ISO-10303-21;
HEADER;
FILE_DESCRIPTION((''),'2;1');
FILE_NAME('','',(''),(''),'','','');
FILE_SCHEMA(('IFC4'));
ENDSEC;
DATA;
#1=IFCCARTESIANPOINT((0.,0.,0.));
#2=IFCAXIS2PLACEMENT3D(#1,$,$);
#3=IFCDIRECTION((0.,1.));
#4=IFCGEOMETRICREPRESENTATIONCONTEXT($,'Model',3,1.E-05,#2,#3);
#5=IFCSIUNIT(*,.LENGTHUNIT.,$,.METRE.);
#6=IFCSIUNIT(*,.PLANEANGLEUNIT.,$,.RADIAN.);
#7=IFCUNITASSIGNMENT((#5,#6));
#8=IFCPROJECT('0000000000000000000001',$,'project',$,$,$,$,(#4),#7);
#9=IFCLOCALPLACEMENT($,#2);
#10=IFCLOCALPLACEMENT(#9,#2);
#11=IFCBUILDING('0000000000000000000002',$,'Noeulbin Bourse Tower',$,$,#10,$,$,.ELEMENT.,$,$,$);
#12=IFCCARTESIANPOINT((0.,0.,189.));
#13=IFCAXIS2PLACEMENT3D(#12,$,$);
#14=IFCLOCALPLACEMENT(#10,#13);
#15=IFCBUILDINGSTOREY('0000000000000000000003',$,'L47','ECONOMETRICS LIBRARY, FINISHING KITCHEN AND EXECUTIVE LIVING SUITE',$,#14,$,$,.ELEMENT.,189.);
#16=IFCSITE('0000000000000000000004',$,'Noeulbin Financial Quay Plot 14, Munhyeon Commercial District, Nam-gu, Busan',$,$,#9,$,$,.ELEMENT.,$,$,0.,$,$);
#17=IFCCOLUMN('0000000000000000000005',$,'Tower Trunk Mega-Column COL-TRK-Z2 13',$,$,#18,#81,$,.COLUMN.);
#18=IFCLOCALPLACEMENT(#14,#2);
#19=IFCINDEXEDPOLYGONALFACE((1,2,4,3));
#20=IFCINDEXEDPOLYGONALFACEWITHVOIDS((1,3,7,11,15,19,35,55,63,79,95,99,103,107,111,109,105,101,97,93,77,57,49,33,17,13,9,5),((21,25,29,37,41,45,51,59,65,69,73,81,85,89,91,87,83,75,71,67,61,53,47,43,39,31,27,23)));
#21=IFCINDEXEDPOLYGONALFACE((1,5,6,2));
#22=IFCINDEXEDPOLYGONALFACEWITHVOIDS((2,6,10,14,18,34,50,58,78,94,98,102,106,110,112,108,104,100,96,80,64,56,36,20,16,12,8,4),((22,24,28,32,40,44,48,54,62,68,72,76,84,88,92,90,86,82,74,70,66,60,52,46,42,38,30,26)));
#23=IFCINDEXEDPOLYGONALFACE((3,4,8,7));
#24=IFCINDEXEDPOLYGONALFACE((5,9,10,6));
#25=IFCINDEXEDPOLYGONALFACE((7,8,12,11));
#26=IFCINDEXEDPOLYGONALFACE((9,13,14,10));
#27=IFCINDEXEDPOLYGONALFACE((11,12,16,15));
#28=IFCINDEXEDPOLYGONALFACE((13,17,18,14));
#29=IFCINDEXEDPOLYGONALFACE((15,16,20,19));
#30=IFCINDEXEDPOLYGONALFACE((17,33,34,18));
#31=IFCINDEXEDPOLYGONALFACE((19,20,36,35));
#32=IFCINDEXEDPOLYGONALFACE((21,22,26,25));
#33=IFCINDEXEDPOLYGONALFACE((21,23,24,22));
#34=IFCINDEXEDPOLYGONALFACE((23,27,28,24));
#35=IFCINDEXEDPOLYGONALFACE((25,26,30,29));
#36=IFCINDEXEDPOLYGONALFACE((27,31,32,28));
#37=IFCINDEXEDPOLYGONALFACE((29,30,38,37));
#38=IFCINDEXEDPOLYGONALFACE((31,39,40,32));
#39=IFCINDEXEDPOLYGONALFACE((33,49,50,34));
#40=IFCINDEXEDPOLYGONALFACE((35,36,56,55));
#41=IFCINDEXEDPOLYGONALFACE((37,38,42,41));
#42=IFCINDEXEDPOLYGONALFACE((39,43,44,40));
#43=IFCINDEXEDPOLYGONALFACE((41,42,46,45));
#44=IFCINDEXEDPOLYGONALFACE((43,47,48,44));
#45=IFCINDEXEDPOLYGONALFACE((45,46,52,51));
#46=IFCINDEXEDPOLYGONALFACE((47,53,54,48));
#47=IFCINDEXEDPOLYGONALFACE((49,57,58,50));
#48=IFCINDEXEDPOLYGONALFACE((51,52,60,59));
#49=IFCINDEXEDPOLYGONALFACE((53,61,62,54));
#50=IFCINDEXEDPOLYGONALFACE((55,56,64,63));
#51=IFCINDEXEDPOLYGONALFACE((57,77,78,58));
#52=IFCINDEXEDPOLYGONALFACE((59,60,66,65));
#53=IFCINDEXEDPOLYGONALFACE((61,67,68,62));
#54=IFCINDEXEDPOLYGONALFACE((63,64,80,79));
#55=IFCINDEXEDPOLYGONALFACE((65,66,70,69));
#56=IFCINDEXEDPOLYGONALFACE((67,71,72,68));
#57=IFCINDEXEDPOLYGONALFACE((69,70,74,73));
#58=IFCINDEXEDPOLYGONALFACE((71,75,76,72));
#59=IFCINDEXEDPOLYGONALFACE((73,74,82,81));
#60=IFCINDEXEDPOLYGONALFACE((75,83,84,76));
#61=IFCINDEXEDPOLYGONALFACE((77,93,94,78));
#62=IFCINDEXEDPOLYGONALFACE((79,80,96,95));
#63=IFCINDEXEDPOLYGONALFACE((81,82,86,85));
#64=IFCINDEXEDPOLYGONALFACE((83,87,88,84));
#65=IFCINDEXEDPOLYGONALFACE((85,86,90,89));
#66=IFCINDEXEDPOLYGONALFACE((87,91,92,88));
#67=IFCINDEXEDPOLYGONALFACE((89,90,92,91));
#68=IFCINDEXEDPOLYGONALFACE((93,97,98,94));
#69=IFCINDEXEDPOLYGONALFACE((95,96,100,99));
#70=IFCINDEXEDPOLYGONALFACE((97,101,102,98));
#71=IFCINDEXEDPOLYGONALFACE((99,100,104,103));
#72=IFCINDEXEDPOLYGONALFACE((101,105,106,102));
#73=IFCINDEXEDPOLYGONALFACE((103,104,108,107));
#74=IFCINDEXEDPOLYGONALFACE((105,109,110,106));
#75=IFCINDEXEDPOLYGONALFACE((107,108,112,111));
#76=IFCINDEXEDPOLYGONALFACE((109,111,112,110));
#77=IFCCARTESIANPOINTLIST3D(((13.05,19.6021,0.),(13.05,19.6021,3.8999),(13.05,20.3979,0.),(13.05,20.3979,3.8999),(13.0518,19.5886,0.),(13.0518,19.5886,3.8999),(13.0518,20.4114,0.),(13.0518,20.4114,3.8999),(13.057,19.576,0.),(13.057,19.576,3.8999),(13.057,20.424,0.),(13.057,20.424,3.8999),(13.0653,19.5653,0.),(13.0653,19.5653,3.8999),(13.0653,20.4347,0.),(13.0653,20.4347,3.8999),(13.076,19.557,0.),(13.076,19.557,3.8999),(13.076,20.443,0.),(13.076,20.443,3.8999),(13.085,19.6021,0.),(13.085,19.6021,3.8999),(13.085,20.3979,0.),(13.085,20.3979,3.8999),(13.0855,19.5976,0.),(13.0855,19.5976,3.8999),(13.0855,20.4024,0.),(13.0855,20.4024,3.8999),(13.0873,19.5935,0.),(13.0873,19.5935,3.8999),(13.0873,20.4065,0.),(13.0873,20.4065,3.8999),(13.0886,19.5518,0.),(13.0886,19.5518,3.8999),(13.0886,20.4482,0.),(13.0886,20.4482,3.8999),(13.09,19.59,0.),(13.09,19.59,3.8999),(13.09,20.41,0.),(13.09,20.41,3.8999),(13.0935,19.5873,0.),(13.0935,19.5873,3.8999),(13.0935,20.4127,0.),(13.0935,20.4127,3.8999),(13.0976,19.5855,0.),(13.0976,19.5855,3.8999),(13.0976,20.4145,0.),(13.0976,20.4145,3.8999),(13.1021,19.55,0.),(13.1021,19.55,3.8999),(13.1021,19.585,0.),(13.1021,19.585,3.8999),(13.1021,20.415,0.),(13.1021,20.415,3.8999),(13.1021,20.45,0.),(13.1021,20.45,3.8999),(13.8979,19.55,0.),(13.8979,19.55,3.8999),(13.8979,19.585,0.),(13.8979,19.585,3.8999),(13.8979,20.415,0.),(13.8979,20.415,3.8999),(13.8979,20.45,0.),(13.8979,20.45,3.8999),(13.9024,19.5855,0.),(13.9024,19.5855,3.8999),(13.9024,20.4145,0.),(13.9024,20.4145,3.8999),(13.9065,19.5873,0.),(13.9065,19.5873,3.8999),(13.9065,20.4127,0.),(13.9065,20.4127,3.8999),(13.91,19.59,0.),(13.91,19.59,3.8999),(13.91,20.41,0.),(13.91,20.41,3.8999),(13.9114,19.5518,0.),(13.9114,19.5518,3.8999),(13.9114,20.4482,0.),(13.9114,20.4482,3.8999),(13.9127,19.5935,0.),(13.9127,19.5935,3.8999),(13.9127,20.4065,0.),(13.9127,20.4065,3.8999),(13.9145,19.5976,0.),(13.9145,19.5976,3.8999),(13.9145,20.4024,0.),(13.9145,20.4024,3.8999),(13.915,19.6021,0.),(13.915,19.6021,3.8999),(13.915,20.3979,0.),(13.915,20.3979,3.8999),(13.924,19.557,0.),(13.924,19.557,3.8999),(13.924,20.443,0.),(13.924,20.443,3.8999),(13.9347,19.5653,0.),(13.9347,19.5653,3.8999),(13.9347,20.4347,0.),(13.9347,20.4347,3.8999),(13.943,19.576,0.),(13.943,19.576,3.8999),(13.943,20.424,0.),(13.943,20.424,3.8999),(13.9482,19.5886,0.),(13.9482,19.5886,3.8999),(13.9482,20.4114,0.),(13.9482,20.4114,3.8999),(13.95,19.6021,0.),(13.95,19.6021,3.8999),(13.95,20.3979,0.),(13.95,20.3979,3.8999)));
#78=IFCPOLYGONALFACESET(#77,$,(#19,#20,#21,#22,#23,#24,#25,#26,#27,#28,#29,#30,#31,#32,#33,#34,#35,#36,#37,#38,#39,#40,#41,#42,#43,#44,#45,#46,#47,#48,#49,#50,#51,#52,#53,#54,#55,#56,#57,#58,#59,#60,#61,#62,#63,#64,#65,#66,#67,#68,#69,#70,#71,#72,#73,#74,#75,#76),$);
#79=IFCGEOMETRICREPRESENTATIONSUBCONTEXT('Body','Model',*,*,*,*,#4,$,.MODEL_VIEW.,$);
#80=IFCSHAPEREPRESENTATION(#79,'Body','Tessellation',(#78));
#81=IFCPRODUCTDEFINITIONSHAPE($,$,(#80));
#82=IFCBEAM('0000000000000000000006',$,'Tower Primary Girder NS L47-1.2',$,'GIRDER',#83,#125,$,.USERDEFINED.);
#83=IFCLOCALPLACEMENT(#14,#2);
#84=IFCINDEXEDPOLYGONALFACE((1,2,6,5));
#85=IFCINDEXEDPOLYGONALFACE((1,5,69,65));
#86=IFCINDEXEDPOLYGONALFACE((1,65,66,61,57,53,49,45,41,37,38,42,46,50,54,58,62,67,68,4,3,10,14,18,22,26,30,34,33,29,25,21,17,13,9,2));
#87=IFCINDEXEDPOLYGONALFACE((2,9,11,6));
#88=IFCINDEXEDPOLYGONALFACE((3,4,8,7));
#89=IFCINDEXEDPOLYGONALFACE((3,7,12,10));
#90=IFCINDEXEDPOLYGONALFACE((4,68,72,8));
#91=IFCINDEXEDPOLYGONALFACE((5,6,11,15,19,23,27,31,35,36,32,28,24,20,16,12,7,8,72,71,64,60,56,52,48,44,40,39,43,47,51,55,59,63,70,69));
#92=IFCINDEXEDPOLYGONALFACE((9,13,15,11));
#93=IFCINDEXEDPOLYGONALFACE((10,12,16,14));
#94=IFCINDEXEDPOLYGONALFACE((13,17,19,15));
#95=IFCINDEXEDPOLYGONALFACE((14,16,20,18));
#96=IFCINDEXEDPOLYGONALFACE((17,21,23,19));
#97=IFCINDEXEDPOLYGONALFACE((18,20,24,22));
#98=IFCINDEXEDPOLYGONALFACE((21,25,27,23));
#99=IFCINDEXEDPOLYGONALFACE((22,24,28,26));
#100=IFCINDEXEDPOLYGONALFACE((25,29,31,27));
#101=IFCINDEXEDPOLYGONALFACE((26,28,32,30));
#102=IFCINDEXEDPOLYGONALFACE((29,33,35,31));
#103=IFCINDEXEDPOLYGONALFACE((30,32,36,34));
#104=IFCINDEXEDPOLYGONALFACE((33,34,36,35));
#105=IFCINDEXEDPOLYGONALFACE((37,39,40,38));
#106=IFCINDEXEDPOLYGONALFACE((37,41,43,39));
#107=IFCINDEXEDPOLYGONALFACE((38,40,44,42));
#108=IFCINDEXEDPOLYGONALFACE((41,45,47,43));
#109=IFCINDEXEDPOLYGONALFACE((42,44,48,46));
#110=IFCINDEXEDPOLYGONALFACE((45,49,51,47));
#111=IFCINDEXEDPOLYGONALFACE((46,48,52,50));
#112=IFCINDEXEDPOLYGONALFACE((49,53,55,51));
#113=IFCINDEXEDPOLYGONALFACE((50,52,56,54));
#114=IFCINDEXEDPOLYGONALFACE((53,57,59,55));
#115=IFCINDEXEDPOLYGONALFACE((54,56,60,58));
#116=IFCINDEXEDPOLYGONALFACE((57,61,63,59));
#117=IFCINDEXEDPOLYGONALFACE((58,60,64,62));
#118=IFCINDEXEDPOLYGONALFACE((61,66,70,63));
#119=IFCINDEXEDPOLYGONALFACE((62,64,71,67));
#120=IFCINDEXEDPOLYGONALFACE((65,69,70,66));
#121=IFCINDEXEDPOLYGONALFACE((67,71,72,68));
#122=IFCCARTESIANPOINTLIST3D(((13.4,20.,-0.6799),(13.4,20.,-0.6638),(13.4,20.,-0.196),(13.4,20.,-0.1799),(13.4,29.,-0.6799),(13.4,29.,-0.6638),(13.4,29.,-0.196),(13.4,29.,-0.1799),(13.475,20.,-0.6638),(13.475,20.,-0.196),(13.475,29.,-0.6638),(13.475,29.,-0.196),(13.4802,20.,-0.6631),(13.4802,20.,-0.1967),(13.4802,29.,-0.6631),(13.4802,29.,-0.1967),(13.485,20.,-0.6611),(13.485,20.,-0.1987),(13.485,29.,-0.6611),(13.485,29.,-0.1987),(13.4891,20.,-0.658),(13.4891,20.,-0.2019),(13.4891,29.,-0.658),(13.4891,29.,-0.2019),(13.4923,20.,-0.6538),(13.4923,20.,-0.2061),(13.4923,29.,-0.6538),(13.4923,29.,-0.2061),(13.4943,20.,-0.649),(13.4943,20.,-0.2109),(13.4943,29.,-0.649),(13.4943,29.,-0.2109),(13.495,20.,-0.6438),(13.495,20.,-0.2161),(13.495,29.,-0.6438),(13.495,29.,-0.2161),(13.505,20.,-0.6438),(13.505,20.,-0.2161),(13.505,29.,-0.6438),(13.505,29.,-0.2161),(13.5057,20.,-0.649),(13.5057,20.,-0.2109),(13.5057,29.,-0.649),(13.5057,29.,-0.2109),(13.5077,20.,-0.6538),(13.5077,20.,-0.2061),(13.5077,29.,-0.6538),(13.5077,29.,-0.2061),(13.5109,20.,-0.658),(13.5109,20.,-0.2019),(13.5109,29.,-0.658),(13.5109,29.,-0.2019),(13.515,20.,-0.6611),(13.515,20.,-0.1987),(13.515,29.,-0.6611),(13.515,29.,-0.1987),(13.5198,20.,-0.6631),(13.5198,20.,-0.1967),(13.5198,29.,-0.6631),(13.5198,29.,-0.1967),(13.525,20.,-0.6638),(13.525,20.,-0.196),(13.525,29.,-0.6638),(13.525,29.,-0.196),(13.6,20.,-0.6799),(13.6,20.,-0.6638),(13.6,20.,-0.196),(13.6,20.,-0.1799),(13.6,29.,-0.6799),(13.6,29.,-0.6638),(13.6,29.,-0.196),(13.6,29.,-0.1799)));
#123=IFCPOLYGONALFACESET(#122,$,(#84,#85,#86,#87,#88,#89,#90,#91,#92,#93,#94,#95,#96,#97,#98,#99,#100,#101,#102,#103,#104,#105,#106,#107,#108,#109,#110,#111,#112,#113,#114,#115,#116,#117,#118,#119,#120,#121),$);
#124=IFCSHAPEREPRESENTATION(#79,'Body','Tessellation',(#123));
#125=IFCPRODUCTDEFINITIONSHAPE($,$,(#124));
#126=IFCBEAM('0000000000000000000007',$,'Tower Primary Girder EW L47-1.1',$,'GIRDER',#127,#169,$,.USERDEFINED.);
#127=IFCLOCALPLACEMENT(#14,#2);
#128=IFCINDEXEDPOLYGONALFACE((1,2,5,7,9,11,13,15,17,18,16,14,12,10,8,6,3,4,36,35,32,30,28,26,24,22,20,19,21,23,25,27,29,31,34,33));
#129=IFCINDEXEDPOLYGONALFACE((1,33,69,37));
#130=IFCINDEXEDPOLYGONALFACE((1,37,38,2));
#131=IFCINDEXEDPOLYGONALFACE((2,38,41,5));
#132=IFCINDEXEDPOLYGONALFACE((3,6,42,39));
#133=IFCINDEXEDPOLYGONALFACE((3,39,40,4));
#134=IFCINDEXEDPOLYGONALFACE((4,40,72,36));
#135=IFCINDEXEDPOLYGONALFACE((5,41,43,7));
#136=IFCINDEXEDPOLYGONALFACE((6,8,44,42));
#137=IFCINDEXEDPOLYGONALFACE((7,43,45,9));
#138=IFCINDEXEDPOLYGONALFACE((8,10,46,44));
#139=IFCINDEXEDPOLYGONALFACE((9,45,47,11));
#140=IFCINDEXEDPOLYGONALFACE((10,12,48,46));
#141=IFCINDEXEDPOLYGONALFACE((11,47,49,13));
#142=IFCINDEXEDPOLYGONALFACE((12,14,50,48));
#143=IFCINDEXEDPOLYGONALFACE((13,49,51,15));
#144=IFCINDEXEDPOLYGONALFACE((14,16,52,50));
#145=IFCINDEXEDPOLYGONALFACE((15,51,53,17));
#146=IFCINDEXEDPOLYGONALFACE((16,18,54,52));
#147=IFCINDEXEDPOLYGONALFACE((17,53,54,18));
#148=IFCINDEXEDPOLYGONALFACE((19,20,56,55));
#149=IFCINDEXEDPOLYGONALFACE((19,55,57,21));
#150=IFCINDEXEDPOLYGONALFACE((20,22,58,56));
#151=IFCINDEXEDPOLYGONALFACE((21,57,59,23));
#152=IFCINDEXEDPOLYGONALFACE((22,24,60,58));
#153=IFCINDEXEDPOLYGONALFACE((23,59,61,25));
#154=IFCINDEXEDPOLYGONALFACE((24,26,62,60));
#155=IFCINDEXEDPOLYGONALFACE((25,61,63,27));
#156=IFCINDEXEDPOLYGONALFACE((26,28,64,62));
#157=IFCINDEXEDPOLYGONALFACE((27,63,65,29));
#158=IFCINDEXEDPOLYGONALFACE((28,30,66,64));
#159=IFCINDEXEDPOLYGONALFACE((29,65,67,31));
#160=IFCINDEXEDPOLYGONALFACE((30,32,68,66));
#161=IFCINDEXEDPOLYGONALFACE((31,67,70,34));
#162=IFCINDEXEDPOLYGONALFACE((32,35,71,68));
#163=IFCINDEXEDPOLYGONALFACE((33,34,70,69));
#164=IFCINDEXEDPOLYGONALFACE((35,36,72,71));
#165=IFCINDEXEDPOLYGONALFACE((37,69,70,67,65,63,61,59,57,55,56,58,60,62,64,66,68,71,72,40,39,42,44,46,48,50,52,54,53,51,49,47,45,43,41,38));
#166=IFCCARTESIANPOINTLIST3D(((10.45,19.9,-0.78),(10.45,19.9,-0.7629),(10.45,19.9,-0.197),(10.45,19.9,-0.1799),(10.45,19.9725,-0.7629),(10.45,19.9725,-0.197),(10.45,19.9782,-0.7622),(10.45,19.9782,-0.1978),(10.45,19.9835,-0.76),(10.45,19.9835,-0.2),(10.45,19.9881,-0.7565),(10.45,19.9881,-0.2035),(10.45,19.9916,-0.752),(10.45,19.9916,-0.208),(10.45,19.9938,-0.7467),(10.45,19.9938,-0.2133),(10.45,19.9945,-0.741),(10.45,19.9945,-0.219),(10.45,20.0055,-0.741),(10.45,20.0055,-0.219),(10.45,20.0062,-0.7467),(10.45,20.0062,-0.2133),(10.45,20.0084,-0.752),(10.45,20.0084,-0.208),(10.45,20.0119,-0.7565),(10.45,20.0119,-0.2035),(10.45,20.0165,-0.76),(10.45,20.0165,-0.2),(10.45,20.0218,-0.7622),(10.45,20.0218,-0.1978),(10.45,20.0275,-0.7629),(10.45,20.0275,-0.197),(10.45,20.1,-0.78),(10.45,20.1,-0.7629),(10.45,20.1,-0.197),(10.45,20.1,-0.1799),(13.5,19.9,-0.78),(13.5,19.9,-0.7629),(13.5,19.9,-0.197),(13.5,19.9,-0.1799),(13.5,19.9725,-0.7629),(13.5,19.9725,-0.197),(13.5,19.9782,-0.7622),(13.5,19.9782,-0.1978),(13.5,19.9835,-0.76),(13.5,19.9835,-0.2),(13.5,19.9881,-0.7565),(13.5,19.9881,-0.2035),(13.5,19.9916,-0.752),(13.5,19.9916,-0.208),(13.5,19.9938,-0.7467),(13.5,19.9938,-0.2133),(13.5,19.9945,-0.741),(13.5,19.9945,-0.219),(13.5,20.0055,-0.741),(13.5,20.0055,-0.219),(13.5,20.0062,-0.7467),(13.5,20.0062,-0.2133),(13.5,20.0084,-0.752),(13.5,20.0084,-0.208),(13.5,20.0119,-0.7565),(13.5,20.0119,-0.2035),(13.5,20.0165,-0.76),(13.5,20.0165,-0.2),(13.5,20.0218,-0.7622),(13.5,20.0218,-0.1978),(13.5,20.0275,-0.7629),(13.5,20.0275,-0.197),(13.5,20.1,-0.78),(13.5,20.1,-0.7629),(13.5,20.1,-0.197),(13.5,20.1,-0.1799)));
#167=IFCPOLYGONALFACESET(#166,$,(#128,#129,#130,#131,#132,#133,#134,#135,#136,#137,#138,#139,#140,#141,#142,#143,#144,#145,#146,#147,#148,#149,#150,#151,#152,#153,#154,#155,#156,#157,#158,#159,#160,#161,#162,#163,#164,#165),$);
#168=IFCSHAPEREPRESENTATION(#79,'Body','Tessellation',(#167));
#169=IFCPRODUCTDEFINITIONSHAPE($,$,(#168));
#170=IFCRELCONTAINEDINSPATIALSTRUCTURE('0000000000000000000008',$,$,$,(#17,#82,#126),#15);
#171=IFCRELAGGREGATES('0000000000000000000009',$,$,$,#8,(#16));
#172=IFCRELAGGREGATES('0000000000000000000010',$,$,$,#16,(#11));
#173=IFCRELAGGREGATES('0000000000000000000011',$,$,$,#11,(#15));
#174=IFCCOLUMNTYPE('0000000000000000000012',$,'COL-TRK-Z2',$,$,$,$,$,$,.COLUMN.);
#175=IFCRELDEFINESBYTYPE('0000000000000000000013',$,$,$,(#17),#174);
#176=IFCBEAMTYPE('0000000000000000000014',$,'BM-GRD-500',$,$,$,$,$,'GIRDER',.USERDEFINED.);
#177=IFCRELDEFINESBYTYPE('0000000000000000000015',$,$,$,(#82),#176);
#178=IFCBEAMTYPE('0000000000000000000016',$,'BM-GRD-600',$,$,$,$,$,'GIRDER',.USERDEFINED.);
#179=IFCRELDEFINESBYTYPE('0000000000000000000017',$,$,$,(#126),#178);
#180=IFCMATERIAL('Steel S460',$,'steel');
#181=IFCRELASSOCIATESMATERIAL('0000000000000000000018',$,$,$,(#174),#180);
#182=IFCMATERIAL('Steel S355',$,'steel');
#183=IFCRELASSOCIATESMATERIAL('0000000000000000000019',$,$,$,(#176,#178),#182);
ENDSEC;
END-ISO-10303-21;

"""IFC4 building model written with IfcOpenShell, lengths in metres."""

from ifc_helpers import new_model, si_unit, direction, frame, origin, origin_2d, place, context, subcontext, project, spatial, hollow_rectangle, i_section, extrude, material, material_profile, profile_set, type_object, element, save


model = new_model("IFC4")

# Units and contexts
model_context = context("Model", 3, precision=1e-05, world=origin(), true_north=direction((0.0, 1.0)))
body_context = subcontext(model_context, "Body", "Model", "MODEL_VIEW")
ifc_project = project(units=[si_unit("LENGTHUNIT", "METRE"), si_unit("PLANEANGLEUNIT", "RADIAN")], contexts=[model_context])

# Site, building, storey
site_placement = place(None, origin())
site = spatial("IfcSite", under=ifc_project, at=site_placement, Name="Noeulbin Financial Quay Plot 14, Munhyeon Commercial District, Nam-gu, Busan", CompositionType="ELEMENT", RefElevation=0.0)
building_placement = place(site_placement, origin())
building = spatial("IfcBuilding", under=site, at=building_placement, Name="Noeulbin Bourse Tower", CompositionType="ELEMENT")
storey_placement = place(building_placement, frame((0.0, 0.0, 189.0)))
storey = spatial("IfcBuildingStorey", under=building, at=storey_placement, Name="L47", Description="ECONOMETRICS LIBRARY, FINISHING KITCHEN AND EXECUTIVE LIVING SUITE", CompositionType="ELEMENT", Elevation=189.0)

# Column
ifc_material_1 = material(Name="Steel S355", Category="steel")
ifc_material_2 = material(Name="Steel S460", Category="steel")
ifc_material_profile_1 = material_profile(ifc_material_2, hollow_rectangle(XDim=0.8999, YDim=0.8999, WallThickness=0.0349, InnerFilletRadius=0.0171, OuterFilletRadius=0.052, at=origin_2d()), Name="BOX-900x900x35", Category="LoadBearing")
ifc_profile_set_1 = profile_set([ifc_material_profile_1], Name="Steel S460")
column_type_1 = type_object("IfcColumnType", Name="COL-TRK-Z2", PredefinedType="COLUMN", material=ifc_profile_set_1)
column_placement = place(storey_placement, frame((13.5, 20.0, 0.0), z_axis=(0.0, 0.0, 1.0), x_axis=(1.0, 0.0, 0.0)))
element("IfcColumn", 1, at=column_placement, inside=storey, type_object=column_type_1, Name="Tower Trunk Mega-Column COL-TRK-Z2 13", PredefinedType="COLUMN", context=body_context, shape_type="SweptSolid", body=[
    extrude(hollow_rectangle(XDim=0.8999, YDim=0.8999, WallThickness=0.0349, InnerFilletRadius=0.0171, OuterFilletRadius=0.052, at=origin_2d()), origin(), (0.0, 0.0, 1.0), 3.8999),
])

# Beams
ifc_material_profile_2 = material_profile(ifc_material_1, i_section(OverallWidth=0.2, OverallDepth=0.5, WebThickness=0.01, FlangeThickness=0.0161, FilletRadius=0.02, at=origin_2d()), Name="H-500x200x10x16", Category="LoadBearing")
ifc_profile_set_2 = profile_set([ifc_material_profile_2], Name="Steel S355")
beam_type_1 = type_object("IfcBeamType", Name="BM-GRD-500", ElementType="GIRDER", PredefinedType="USERDEFINED", material=ifc_profile_set_2)
beam_1_placement = place(storey_placement, frame((13.5, 20.0, -0.4299), z_axis=(0.0, 1.0, 0.0), x_axis=(-1.0, 0.0, 0.0)))
element("IfcBeam", 2, at=beam_1_placement, inside=storey, type_object=beam_type_1, Name="Tower Primary Girder NS L47-1.2", ObjectType="GIRDER", PredefinedType="USERDEFINED", context=body_context, shape_type="SweptSolid", body=[
    extrude(i_section(OverallWidth=0.2, OverallDepth=0.5, WebThickness=0.01, FlangeThickness=0.0161, FilletRadius=0.02, at=origin_2d()), origin(), (0.0, 0.0, 1.0), 9.0),
])
ifc_material_profile_3 = material_profile(ifc_material_1, i_section(OverallWidth=0.2, OverallDepth=0.6001, WebThickness=0.011, FlangeThickness=0.0171, FilletRadius=0.022, at=origin_2d()), Name="H-600x200x11x17", Category="LoadBearing")
ifc_profile_set_3 = profile_set([ifc_material_profile_3], Name="Steel S355")
beam_type_2 = type_object("IfcBeamType", Name="BM-GRD-600", ElementType="GIRDER", PredefinedType="USERDEFINED", material=ifc_profile_set_3)
beam_2_placement = place(storey_placement, frame((10.45, 20.0, -0.48), z_axis=(1.0, 0.0, 0.0), x_axis=(0.0, 1.0, 0.0)))
element("IfcBeam", 3, at=beam_2_placement, inside=storey, type_object=beam_type_2, Name="Tower Primary Girder EW L47-1.1", ObjectType="GIRDER", PredefinedType="USERDEFINED", context=body_context, shape_type="SweptSolid", body=[
    extrude(i_section(OverallWidth=0.2, OverallDepth=0.6001, WebThickness=0.011, FlangeThickness=0.0171, FilletRadius=0.022, at=origin_2d()), origin(), (0.0, 0.0, 1.0), 3.05),
])

save(model, "model.ifc")
